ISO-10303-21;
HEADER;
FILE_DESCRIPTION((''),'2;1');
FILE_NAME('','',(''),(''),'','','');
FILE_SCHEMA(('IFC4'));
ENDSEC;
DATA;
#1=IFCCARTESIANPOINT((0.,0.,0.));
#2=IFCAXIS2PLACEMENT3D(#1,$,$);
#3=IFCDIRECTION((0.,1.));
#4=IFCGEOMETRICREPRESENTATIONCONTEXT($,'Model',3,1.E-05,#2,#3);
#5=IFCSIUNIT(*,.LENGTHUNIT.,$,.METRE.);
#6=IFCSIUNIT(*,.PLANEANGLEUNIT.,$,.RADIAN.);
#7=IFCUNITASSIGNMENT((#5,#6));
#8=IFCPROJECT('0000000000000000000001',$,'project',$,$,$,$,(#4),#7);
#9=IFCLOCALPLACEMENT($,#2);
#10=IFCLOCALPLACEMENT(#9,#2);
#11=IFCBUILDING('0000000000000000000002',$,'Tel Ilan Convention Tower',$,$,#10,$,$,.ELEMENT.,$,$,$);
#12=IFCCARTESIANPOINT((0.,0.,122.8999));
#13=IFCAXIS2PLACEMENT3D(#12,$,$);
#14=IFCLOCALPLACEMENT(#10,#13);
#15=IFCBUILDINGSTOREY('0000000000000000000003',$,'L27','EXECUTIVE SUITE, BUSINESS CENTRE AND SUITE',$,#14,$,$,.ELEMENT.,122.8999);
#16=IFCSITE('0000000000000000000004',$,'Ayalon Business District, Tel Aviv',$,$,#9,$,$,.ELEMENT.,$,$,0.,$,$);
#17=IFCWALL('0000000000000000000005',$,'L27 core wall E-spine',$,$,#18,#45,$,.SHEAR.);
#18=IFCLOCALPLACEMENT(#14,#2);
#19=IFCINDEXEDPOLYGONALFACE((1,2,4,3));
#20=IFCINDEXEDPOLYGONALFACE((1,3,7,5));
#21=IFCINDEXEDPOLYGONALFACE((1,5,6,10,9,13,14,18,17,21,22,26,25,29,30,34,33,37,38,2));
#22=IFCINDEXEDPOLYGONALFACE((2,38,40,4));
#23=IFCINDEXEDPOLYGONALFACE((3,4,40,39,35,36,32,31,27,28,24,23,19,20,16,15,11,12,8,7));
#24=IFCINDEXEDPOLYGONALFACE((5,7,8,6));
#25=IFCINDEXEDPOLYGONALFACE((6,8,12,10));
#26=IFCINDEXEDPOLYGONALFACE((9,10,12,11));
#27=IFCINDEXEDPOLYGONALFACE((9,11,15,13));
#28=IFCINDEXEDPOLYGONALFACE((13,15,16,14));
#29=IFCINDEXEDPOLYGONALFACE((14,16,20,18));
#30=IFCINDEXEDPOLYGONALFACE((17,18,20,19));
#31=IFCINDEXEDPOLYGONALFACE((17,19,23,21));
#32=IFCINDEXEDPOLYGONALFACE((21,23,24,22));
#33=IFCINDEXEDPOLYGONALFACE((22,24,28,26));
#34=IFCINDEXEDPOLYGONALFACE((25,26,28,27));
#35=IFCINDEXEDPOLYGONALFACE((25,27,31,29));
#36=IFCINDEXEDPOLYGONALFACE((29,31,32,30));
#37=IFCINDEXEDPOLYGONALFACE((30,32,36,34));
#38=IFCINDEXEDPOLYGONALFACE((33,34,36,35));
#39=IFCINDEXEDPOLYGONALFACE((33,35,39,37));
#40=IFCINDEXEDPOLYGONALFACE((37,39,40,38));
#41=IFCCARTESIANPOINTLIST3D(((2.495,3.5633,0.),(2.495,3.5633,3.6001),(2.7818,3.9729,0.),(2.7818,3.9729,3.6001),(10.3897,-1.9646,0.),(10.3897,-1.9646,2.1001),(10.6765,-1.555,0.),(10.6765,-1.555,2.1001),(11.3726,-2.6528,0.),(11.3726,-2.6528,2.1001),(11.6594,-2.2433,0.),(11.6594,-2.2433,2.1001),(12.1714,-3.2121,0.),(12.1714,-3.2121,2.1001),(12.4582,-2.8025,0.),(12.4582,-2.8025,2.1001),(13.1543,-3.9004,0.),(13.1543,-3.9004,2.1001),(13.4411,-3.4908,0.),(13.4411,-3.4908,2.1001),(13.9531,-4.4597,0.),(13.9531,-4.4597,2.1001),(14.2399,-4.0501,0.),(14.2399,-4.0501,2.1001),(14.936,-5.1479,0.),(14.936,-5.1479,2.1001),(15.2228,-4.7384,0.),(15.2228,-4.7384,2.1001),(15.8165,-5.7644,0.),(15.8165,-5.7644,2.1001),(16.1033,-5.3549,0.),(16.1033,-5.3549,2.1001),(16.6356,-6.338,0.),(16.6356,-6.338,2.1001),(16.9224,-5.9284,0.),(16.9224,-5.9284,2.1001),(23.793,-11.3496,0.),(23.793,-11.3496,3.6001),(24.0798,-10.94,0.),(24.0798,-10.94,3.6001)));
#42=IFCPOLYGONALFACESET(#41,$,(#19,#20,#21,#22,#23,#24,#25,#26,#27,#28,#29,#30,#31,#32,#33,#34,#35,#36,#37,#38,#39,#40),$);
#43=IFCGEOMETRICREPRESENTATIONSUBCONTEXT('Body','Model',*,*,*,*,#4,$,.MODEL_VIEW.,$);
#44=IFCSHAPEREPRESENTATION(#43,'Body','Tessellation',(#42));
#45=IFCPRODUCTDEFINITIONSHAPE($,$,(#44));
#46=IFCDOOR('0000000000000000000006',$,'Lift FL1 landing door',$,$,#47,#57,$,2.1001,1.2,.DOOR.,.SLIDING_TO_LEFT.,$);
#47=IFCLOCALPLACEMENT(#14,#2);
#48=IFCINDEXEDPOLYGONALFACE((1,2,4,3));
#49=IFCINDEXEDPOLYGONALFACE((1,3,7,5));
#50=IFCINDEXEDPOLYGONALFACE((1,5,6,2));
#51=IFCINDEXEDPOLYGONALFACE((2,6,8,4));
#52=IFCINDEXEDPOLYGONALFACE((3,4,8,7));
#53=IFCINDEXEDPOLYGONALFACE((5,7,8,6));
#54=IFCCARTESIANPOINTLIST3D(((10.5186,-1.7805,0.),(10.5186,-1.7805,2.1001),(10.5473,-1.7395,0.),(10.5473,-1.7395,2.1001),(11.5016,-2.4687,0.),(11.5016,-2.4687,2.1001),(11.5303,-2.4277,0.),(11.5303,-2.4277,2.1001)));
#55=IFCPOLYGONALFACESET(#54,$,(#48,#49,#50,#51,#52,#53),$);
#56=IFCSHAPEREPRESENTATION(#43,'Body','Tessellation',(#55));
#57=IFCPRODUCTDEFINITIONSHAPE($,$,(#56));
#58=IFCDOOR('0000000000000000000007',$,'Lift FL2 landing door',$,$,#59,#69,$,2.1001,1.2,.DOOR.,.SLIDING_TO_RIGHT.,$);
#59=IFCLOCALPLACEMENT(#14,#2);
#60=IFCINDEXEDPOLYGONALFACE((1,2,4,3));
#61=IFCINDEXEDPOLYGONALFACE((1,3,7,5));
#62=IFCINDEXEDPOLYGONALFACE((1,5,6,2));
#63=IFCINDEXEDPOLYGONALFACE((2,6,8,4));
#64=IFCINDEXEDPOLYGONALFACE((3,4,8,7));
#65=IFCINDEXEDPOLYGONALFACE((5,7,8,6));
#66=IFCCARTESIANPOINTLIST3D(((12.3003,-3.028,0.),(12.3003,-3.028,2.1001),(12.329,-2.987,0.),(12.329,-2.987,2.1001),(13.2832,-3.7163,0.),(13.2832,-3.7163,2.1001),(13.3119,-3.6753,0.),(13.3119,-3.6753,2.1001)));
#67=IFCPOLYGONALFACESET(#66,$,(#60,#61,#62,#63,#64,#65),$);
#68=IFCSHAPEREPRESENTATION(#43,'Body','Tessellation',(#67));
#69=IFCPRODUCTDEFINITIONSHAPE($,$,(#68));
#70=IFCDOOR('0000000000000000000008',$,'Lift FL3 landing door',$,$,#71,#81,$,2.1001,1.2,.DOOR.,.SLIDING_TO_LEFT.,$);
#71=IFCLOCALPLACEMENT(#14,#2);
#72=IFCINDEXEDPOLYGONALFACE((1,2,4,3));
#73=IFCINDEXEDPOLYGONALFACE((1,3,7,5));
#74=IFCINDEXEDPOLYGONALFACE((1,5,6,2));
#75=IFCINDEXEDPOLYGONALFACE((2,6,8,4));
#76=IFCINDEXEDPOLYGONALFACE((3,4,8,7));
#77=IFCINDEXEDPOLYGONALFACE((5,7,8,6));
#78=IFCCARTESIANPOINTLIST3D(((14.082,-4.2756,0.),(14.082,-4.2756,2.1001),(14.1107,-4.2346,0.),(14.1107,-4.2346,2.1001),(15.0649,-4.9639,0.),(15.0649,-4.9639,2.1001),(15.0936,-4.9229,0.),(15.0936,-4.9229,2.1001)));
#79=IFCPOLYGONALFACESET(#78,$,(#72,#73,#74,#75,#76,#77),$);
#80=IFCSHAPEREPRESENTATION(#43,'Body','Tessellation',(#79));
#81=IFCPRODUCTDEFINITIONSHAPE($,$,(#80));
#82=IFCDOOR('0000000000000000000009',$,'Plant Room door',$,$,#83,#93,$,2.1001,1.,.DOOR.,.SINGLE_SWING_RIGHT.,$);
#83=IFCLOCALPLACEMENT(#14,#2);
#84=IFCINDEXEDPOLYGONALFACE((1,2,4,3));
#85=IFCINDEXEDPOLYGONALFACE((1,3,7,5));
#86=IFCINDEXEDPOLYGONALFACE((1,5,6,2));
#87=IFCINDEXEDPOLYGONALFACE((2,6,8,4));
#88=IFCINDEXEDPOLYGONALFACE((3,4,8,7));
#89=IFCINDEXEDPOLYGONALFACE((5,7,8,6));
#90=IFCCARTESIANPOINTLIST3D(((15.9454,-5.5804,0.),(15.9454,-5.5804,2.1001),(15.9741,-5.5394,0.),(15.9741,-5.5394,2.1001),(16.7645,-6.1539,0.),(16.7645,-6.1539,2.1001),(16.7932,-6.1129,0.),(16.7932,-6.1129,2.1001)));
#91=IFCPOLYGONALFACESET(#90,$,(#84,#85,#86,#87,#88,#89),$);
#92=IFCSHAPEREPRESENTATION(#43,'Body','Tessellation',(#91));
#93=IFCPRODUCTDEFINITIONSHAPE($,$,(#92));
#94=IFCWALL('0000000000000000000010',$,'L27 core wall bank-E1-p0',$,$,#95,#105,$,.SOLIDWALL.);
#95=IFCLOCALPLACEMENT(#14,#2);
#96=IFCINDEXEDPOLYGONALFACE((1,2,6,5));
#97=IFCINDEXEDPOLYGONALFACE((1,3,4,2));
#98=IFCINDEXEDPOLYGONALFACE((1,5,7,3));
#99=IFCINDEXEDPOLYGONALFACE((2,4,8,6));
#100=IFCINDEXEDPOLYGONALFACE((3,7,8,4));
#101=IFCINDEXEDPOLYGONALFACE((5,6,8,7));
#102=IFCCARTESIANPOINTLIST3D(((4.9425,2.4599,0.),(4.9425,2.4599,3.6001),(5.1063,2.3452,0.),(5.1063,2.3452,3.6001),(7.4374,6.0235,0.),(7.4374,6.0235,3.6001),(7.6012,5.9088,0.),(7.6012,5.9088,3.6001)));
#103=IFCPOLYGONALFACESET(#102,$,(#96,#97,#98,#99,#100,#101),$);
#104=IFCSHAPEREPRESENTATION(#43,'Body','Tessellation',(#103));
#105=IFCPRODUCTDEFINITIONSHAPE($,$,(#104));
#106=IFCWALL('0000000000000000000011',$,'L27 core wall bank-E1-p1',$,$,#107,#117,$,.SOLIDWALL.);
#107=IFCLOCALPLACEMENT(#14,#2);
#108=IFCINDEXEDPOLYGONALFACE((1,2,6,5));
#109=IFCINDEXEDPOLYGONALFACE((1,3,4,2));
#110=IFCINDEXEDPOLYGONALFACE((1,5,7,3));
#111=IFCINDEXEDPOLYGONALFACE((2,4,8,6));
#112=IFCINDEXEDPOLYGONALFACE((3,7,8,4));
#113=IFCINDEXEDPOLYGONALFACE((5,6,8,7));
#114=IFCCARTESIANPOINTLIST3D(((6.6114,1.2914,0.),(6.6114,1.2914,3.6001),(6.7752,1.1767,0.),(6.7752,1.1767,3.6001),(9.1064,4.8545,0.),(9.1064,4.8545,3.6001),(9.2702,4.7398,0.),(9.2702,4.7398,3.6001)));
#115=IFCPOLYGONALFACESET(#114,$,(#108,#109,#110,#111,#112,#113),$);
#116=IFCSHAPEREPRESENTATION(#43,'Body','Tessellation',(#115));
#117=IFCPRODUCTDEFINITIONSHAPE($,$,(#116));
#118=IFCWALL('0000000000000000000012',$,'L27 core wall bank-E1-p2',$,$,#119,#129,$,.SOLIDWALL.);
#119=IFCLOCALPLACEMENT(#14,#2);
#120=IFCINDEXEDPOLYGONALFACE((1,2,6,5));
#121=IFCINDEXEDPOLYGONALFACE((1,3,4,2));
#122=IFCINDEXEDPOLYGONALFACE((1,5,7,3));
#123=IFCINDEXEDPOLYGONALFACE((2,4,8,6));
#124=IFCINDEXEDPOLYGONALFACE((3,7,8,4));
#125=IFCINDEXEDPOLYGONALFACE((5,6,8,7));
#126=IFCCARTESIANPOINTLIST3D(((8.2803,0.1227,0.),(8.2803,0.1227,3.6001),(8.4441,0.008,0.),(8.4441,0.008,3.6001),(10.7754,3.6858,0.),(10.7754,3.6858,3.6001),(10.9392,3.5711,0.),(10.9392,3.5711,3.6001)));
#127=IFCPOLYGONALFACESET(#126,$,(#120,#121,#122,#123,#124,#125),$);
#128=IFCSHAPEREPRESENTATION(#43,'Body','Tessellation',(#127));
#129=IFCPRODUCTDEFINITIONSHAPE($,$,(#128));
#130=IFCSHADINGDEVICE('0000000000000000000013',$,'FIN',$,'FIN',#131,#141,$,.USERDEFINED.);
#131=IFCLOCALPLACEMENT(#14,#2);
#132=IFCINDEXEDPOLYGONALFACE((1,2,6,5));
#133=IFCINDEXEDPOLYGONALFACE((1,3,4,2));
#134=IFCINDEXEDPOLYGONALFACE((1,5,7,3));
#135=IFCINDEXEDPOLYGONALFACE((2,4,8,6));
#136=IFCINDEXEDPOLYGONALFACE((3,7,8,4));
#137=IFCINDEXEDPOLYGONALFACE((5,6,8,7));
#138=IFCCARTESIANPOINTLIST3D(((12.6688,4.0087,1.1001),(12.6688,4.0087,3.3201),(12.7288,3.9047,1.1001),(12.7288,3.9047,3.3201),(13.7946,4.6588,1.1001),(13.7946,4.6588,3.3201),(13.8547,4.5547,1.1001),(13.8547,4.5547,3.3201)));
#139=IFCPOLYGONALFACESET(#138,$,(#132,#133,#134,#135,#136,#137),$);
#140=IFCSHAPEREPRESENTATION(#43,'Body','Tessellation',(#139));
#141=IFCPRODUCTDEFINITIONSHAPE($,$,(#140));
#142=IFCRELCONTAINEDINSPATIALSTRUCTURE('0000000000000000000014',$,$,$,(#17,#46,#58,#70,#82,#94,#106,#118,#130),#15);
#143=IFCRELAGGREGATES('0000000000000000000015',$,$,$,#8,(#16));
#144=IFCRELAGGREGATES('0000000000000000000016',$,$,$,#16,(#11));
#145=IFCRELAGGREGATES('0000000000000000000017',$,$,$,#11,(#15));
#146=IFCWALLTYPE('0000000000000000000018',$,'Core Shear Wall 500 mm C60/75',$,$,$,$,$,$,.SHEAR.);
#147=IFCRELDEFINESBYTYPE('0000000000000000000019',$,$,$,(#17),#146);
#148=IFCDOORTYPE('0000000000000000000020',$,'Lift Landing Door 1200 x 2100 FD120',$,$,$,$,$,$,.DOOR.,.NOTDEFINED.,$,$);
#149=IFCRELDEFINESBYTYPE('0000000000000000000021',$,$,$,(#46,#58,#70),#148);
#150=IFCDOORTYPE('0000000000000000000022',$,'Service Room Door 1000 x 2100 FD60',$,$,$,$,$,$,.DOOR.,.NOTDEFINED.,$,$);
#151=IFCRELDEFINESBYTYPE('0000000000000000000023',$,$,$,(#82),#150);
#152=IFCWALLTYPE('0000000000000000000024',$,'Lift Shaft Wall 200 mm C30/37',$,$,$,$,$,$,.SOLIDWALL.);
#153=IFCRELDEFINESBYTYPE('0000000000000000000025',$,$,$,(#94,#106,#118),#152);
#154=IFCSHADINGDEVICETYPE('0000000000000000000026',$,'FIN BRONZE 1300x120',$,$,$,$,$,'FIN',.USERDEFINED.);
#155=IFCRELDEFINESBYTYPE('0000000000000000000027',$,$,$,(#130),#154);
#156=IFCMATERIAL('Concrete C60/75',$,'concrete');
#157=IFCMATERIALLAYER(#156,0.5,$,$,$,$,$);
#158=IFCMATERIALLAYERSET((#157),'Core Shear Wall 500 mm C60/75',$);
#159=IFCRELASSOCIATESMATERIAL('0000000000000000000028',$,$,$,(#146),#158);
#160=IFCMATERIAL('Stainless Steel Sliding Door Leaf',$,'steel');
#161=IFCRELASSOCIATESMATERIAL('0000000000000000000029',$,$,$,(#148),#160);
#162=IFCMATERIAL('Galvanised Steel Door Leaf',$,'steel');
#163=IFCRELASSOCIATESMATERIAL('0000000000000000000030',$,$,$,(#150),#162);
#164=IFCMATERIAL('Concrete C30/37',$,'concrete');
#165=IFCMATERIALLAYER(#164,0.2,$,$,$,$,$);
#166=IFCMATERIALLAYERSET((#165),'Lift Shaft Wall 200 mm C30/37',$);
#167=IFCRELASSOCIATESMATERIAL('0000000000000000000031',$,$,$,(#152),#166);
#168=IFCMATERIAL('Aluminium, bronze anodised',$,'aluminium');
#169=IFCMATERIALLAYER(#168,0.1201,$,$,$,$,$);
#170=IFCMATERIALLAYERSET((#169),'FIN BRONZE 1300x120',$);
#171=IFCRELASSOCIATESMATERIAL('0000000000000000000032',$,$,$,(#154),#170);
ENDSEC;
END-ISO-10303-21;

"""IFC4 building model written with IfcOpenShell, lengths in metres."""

from ifc_helpers import new_model, si_unit, direction, frame, frame_2d, origin, origin_2d, place, context, subcontext, project, spatial, polyline, rectangle, outline, extrude, material, layer, layer_set, type_object, element, fill, save


model = new_model("IFC4")

# Units and contexts
model_context = context("Model", 3, precision=1e-05, world=origin(), true_north=direction((0.0, 1.0)))
body_context = subcontext(model_context, "Body", "Model", "MODEL_VIEW")
ifc_project = project(units=[si_unit("LENGTHUNIT", "METRE"), si_unit("PLANEANGLEUNIT", "RADIAN")], contexts=[model_context])

# Site, building, storey
site_placement = place(None, origin())
site = spatial("IfcSite", under=ifc_project, at=site_placement, Name="Ayalon Business District, Tel Aviv", CompositionType="ELEMENT", RefElevation=0.0)
building_placement = place(site_placement, origin())
building = spatial("IfcBuilding", under=site, at=building_placement, Name="Tel Ilan Convention Tower", CompositionType="ELEMENT")
storey_placement = place(building_placement, frame((0.0, 0.0, 122.8999)))
storey = spatial("IfcBuildingStorey", under=building, at=storey_placement, Name="L27", Description="EXECUTIVE SUITE, BUSINESS CENTRE AND SUITE", CompositionType="ELEMENT", Elevation=122.8999)

# Wall, openings, doors
ifc_material_1 = material(Name="Concrete C60/75", Category="concrete")
ifc_layer_1 = layer(ifc_material_1, 0.5)
ifc_layer_set_1 = layer_set([ifc_layer_1], Name="Core Shear Wall 500 mm C60/75")
wall_type_1 = type_object("IfcWallType", Name="Core Shear Wall 500 mm C60/75", PredefinedType="SHEAR", material=ifc_layer_set_1)
wall_1_placement = place(storey_placement, frame((2.6384, 3.7681, 0.0), z_axis=(0.0, 0.0, 1.0), x_axis=(0.819149, -0.573581, 0.0)))
wall_1 = element("IfcWall", 1, at=wall_1_placement, inside=storey, type_object=wall_type_1, Name="L27 core wall E-spine", PredefinedType="SHEAR", context=body_context, shape_type="SweptSolid", body=[
    extrude(outline(polyline([(0.0, 0.25), (0.0, -0.25), (26.0, -0.2498), (26.0, 0.2502), (0.0, 0.25)])), origin(), (0.0, 0.0, 1.0), 3.6001),
])
opening_1_placement = place(wall_1_placement, frame((9.6375, 0.0, 0.0)))
opening_1 = element("IfcOpeningElement", 2, at=opening_1_placement, cuts=wall_1, PredefinedType="OPENING", context=body_context, shape_type="SweptSolid", body=[
    extrude(rectangle(XDim=1.2, YDim=2.1001, at=frame_2d((0.6001, 1.05))), frame((0.0, 0.26, 0.0), z_axis=(0.0, -1.0, 0.0), x_axis=(1.0, 0.0, 0.0)), (0.0, 0.0, 1.0), 0.52),
])
opening_2_placement = place(wall_1_placement, frame((11.8125, 0.0, 0.0)))
opening_2 = element("IfcOpeningElement", 3, at=opening_2_placement, cuts=wall_1, PredefinedType="OPENING", context=body_context, shape_type="SweptSolid", body=[
    extrude(rectangle(XDim=1.2, YDim=2.1001, at=frame_2d((0.6001, 1.05))), frame((0.0, 0.26, 0.0), z_axis=(0.0, -1.0, 0.0), x_axis=(1.0, 0.0, 0.0)), (0.0, 0.0, 1.0), 0.52),
])
opening_3_placement = place(wall_1_placement, frame((13.9875, 0.0, 0.0)))
opening_3 = element("IfcOpeningElement", 4, at=opening_3_placement, cuts=wall_1, PredefinedType="OPENING", context=body_context, shape_type="SweptSolid", body=[
    extrude(rectangle(XDim=1.2, YDim=2.1001, at=frame_2d((0.6001, 1.05))), frame((0.0, 0.26, 0.0), z_axis=(0.0, -1.0, 0.0), x_axis=(1.0, 0.0, 0.0)), (0.0, 0.0, 1.0), 0.52),
])
opening_4_placement = place(wall_1_placement, frame((16.2625, 0.0, 0.0)))
opening_4 = element("IfcOpeningElement", 5, at=opening_4_placement, cuts=wall_1, PredefinedType="OPENING", context=body_context, shape_type="SweptSolid", body=[
    extrude(rectangle(XDim=1.0, YDim=2.1001, at=frame_2d((0.5, 1.05))), frame((0.0, 0.26, 0.0), z_axis=(0.0, -1.0, 0.0), x_axis=(1.0, 0.0, 0.0)), (0.0, 0.0, 1.0), 0.52),
])
ifc_material_2 = material(Name="Stainless Steel Sliding Door Leaf", Category="steel")
door_type_1 = type_object("IfcDoorType", Name="Lift Landing Door 1200 x 2100 FD120", OperationType="NOTDEFINED", PredefinedType="DOOR", material=ifc_material_2)
door_1_placement = place(opening_1_placement, origin())
door_1 = element("IfcDoor", 6, at=door_1_placement, inside=storey, type_object=door_type_1, Name="Lift FL1 landing door", OperationType="SLIDING_TO_LEFT", OverallHeight=2.1001, OverallWidth=1.2, PredefinedType="DOOR", context=body_context, shape_type="SweptSolid", body=[
    extrude(rectangle(XDim=1.2, YDim=2.1001, at=frame_2d((0.6001, 1.05))), frame((0.0, 0.0249, 0.0), z_axis=(0.0, -1.0, 0.0), x_axis=(1.0, 0.0, 0.0)), (0.0, 0.0, 1.0), 0.05),
])
fill(opening_1, door_1)
door_2_placement = place(opening_2_placement, origin())
door_2 = element("IfcDoor", 7, at=door_2_placement, inside=storey, type_object=door_type_1, Name="Lift FL2 landing door", OperationType="SLIDING_TO_RIGHT", OverallHeight=2.1001, OverallWidth=1.2, PredefinedType="DOOR", context=body_context, shape_type="SweptSolid", body=[
    extrude(rectangle(XDim=1.2, YDim=2.1001, at=frame_2d((0.6001, 1.05))), frame((0.0, 0.0249, 0.0), z_axis=(0.0, -1.0, 0.0), x_axis=(1.0, 0.0, 0.0)), (0.0, 0.0, 1.0), 0.05),
])
fill(opening_2, door_2)
door_3_placement = place(opening_3_placement, origin())
door_3 = element("IfcDoor", 8, at=door_3_placement, inside=storey, type_object=door_type_1, Name="Lift FL3 landing door", OperationType="SLIDING_TO_LEFT", OverallHeight=2.1001, OverallWidth=1.2, PredefinedType="DOOR", context=body_context, shape_type="SweptSolid", body=[
    extrude(rectangle(XDim=1.2, YDim=2.1001, at=frame_2d((0.6001, 1.05))), frame((0.0, 0.0249, 0.0), z_axis=(0.0, -1.0, 0.0), x_axis=(1.0, 0.0, 0.0)), (0.0, 0.0, 1.0), 0.05),
])
fill(opening_3, door_3)
ifc_material_3 = material(Name="Galvanised Steel Door Leaf", Category="steel")
door_type_2 = type_object("IfcDoorType", Name="Service Room Door 1000 x 2100 FD60", OperationType="NOTDEFINED", PredefinedType="DOOR", material=ifc_material_3)
door_4_placement = place(opening_4_placement, origin())
door_4 = element("IfcDoor", 9, at=door_4_placement, inside=storey, type_object=door_type_2, Name="Plant Room door", OperationType="SINGLE_SWING_RIGHT", OverallHeight=2.1001, OverallWidth=1.0, PredefinedType="DOOR", context=body_context, shape_type="SweptSolid", body=[
    extrude(rectangle(XDim=1.0, YDim=2.1001, at=frame_2d((0.5, 1.05))), frame((0.0, 0.0249, 0.0), z_axis=(0.0, -1.0, 0.0), x_axis=(1.0, 0.0, 0.0)), (0.0, 0.0, 1.0), 0.05),
])
fill(opening_4, door_4)

# Walls
ifc_material_4 = material(Name="Concrete C30/37", Category="concrete")
ifc_layer_2 = layer(ifc_material_4, 0.2)
ifc_layer_set_2 = layer_set([ifc_layer_2], Name="Lift Shaft Wall 200 mm C30/37")
wall_type_2 = type_object("IfcWallType", Name="Lift Shaft Wall 200 mm C30/37", PredefinedType="SOLIDWALL", material=ifc_layer_set_2)
wall_2_placement = place(storey_placement, frame((5.0244, 2.4026, 0.0), z_axis=(0.0, 0.0, 1.0), x_axis=(0.57353, 0.819184, 0.0)))
element("IfcWall", 10, at=wall_2_placement, inside=storey, type_object=wall_type_2, Name="L27 core wall bank-E1-p0", PredefinedType="SOLIDWALL", context=body_context, shape_type="SweptSolid", body=[
    extrude(rectangle(XDim=4.3501, YDim=0.2, at=frame_2d((2.175, 0.0))), origin(), (0.0, 0.0, 1.0), 3.6001),
])
for number, where, z_axis, x_axis, name in (
    (11, (6.6934, 1.2341, 0.0), (0.0, 0.0, 1.0), (0.573594, 0.81914, 0.0), "L27 core wall bank-E1-p1"),
    (12, (8.3623, 0.0654, 0.0), (0.0, 0.0, 1.0), (0.573594, 0.81914, 0.0), "L27 core wall bank-E1-p2"),
):
    element("IfcWall", number, at=place(storey_placement, frame(where, z_axis=z_axis, x_axis=x_axis)), inside=storey, type_object=wall_type_2, Name=name, PredefinedType="SOLIDWALL", context=body_context, shape_type="SweptSolid", body=[
        extrude(rectangle(XDim=4.3499, YDim=0.2, at=frame_2d((2.1748, 0.0))), origin(), (0.0, 0.0, 1.0), 3.6001),
    ])

# Shading device
ifc_material_5 = material(Name="Aluminium, bronze anodised", Category="aluminium")
ifc_layer_3 = layer(ifc_material_5, 0.1201)
ifc_layer_set_3 = layer_set([ifc_layer_3], Name="FIN BRONZE 1300x120")
shading_device_type_1 = type_object("IfcShadingDeviceType", Name="FIN BRONZE 1300x120", ElementType="FIN", PredefinedType="USERDEFINED", material=ifc_layer_set_3)
shading_device_1_placement = place(storey_placement, frame((13.2617, 4.2817, 1.1001), z_axis=(0.0, 0.0, 1.0), x_axis=(0.866025, 0.5, 0.0)))
element("IfcShadingDevice", 13, at=shading_device_1_placement, inside=storey, type_object=shading_device_type_1, Name="FIN", ObjectType="FIN", PredefinedType="USERDEFINED", context=body_context, shape_type="SweptSolid", body=[
    extrude(rectangle(XDim=1.3, YDim=0.1201, at=origin_2d()), origin(), (0.0, 0.0, 1.0), 2.22),
])

save(model, "model.ifc")
